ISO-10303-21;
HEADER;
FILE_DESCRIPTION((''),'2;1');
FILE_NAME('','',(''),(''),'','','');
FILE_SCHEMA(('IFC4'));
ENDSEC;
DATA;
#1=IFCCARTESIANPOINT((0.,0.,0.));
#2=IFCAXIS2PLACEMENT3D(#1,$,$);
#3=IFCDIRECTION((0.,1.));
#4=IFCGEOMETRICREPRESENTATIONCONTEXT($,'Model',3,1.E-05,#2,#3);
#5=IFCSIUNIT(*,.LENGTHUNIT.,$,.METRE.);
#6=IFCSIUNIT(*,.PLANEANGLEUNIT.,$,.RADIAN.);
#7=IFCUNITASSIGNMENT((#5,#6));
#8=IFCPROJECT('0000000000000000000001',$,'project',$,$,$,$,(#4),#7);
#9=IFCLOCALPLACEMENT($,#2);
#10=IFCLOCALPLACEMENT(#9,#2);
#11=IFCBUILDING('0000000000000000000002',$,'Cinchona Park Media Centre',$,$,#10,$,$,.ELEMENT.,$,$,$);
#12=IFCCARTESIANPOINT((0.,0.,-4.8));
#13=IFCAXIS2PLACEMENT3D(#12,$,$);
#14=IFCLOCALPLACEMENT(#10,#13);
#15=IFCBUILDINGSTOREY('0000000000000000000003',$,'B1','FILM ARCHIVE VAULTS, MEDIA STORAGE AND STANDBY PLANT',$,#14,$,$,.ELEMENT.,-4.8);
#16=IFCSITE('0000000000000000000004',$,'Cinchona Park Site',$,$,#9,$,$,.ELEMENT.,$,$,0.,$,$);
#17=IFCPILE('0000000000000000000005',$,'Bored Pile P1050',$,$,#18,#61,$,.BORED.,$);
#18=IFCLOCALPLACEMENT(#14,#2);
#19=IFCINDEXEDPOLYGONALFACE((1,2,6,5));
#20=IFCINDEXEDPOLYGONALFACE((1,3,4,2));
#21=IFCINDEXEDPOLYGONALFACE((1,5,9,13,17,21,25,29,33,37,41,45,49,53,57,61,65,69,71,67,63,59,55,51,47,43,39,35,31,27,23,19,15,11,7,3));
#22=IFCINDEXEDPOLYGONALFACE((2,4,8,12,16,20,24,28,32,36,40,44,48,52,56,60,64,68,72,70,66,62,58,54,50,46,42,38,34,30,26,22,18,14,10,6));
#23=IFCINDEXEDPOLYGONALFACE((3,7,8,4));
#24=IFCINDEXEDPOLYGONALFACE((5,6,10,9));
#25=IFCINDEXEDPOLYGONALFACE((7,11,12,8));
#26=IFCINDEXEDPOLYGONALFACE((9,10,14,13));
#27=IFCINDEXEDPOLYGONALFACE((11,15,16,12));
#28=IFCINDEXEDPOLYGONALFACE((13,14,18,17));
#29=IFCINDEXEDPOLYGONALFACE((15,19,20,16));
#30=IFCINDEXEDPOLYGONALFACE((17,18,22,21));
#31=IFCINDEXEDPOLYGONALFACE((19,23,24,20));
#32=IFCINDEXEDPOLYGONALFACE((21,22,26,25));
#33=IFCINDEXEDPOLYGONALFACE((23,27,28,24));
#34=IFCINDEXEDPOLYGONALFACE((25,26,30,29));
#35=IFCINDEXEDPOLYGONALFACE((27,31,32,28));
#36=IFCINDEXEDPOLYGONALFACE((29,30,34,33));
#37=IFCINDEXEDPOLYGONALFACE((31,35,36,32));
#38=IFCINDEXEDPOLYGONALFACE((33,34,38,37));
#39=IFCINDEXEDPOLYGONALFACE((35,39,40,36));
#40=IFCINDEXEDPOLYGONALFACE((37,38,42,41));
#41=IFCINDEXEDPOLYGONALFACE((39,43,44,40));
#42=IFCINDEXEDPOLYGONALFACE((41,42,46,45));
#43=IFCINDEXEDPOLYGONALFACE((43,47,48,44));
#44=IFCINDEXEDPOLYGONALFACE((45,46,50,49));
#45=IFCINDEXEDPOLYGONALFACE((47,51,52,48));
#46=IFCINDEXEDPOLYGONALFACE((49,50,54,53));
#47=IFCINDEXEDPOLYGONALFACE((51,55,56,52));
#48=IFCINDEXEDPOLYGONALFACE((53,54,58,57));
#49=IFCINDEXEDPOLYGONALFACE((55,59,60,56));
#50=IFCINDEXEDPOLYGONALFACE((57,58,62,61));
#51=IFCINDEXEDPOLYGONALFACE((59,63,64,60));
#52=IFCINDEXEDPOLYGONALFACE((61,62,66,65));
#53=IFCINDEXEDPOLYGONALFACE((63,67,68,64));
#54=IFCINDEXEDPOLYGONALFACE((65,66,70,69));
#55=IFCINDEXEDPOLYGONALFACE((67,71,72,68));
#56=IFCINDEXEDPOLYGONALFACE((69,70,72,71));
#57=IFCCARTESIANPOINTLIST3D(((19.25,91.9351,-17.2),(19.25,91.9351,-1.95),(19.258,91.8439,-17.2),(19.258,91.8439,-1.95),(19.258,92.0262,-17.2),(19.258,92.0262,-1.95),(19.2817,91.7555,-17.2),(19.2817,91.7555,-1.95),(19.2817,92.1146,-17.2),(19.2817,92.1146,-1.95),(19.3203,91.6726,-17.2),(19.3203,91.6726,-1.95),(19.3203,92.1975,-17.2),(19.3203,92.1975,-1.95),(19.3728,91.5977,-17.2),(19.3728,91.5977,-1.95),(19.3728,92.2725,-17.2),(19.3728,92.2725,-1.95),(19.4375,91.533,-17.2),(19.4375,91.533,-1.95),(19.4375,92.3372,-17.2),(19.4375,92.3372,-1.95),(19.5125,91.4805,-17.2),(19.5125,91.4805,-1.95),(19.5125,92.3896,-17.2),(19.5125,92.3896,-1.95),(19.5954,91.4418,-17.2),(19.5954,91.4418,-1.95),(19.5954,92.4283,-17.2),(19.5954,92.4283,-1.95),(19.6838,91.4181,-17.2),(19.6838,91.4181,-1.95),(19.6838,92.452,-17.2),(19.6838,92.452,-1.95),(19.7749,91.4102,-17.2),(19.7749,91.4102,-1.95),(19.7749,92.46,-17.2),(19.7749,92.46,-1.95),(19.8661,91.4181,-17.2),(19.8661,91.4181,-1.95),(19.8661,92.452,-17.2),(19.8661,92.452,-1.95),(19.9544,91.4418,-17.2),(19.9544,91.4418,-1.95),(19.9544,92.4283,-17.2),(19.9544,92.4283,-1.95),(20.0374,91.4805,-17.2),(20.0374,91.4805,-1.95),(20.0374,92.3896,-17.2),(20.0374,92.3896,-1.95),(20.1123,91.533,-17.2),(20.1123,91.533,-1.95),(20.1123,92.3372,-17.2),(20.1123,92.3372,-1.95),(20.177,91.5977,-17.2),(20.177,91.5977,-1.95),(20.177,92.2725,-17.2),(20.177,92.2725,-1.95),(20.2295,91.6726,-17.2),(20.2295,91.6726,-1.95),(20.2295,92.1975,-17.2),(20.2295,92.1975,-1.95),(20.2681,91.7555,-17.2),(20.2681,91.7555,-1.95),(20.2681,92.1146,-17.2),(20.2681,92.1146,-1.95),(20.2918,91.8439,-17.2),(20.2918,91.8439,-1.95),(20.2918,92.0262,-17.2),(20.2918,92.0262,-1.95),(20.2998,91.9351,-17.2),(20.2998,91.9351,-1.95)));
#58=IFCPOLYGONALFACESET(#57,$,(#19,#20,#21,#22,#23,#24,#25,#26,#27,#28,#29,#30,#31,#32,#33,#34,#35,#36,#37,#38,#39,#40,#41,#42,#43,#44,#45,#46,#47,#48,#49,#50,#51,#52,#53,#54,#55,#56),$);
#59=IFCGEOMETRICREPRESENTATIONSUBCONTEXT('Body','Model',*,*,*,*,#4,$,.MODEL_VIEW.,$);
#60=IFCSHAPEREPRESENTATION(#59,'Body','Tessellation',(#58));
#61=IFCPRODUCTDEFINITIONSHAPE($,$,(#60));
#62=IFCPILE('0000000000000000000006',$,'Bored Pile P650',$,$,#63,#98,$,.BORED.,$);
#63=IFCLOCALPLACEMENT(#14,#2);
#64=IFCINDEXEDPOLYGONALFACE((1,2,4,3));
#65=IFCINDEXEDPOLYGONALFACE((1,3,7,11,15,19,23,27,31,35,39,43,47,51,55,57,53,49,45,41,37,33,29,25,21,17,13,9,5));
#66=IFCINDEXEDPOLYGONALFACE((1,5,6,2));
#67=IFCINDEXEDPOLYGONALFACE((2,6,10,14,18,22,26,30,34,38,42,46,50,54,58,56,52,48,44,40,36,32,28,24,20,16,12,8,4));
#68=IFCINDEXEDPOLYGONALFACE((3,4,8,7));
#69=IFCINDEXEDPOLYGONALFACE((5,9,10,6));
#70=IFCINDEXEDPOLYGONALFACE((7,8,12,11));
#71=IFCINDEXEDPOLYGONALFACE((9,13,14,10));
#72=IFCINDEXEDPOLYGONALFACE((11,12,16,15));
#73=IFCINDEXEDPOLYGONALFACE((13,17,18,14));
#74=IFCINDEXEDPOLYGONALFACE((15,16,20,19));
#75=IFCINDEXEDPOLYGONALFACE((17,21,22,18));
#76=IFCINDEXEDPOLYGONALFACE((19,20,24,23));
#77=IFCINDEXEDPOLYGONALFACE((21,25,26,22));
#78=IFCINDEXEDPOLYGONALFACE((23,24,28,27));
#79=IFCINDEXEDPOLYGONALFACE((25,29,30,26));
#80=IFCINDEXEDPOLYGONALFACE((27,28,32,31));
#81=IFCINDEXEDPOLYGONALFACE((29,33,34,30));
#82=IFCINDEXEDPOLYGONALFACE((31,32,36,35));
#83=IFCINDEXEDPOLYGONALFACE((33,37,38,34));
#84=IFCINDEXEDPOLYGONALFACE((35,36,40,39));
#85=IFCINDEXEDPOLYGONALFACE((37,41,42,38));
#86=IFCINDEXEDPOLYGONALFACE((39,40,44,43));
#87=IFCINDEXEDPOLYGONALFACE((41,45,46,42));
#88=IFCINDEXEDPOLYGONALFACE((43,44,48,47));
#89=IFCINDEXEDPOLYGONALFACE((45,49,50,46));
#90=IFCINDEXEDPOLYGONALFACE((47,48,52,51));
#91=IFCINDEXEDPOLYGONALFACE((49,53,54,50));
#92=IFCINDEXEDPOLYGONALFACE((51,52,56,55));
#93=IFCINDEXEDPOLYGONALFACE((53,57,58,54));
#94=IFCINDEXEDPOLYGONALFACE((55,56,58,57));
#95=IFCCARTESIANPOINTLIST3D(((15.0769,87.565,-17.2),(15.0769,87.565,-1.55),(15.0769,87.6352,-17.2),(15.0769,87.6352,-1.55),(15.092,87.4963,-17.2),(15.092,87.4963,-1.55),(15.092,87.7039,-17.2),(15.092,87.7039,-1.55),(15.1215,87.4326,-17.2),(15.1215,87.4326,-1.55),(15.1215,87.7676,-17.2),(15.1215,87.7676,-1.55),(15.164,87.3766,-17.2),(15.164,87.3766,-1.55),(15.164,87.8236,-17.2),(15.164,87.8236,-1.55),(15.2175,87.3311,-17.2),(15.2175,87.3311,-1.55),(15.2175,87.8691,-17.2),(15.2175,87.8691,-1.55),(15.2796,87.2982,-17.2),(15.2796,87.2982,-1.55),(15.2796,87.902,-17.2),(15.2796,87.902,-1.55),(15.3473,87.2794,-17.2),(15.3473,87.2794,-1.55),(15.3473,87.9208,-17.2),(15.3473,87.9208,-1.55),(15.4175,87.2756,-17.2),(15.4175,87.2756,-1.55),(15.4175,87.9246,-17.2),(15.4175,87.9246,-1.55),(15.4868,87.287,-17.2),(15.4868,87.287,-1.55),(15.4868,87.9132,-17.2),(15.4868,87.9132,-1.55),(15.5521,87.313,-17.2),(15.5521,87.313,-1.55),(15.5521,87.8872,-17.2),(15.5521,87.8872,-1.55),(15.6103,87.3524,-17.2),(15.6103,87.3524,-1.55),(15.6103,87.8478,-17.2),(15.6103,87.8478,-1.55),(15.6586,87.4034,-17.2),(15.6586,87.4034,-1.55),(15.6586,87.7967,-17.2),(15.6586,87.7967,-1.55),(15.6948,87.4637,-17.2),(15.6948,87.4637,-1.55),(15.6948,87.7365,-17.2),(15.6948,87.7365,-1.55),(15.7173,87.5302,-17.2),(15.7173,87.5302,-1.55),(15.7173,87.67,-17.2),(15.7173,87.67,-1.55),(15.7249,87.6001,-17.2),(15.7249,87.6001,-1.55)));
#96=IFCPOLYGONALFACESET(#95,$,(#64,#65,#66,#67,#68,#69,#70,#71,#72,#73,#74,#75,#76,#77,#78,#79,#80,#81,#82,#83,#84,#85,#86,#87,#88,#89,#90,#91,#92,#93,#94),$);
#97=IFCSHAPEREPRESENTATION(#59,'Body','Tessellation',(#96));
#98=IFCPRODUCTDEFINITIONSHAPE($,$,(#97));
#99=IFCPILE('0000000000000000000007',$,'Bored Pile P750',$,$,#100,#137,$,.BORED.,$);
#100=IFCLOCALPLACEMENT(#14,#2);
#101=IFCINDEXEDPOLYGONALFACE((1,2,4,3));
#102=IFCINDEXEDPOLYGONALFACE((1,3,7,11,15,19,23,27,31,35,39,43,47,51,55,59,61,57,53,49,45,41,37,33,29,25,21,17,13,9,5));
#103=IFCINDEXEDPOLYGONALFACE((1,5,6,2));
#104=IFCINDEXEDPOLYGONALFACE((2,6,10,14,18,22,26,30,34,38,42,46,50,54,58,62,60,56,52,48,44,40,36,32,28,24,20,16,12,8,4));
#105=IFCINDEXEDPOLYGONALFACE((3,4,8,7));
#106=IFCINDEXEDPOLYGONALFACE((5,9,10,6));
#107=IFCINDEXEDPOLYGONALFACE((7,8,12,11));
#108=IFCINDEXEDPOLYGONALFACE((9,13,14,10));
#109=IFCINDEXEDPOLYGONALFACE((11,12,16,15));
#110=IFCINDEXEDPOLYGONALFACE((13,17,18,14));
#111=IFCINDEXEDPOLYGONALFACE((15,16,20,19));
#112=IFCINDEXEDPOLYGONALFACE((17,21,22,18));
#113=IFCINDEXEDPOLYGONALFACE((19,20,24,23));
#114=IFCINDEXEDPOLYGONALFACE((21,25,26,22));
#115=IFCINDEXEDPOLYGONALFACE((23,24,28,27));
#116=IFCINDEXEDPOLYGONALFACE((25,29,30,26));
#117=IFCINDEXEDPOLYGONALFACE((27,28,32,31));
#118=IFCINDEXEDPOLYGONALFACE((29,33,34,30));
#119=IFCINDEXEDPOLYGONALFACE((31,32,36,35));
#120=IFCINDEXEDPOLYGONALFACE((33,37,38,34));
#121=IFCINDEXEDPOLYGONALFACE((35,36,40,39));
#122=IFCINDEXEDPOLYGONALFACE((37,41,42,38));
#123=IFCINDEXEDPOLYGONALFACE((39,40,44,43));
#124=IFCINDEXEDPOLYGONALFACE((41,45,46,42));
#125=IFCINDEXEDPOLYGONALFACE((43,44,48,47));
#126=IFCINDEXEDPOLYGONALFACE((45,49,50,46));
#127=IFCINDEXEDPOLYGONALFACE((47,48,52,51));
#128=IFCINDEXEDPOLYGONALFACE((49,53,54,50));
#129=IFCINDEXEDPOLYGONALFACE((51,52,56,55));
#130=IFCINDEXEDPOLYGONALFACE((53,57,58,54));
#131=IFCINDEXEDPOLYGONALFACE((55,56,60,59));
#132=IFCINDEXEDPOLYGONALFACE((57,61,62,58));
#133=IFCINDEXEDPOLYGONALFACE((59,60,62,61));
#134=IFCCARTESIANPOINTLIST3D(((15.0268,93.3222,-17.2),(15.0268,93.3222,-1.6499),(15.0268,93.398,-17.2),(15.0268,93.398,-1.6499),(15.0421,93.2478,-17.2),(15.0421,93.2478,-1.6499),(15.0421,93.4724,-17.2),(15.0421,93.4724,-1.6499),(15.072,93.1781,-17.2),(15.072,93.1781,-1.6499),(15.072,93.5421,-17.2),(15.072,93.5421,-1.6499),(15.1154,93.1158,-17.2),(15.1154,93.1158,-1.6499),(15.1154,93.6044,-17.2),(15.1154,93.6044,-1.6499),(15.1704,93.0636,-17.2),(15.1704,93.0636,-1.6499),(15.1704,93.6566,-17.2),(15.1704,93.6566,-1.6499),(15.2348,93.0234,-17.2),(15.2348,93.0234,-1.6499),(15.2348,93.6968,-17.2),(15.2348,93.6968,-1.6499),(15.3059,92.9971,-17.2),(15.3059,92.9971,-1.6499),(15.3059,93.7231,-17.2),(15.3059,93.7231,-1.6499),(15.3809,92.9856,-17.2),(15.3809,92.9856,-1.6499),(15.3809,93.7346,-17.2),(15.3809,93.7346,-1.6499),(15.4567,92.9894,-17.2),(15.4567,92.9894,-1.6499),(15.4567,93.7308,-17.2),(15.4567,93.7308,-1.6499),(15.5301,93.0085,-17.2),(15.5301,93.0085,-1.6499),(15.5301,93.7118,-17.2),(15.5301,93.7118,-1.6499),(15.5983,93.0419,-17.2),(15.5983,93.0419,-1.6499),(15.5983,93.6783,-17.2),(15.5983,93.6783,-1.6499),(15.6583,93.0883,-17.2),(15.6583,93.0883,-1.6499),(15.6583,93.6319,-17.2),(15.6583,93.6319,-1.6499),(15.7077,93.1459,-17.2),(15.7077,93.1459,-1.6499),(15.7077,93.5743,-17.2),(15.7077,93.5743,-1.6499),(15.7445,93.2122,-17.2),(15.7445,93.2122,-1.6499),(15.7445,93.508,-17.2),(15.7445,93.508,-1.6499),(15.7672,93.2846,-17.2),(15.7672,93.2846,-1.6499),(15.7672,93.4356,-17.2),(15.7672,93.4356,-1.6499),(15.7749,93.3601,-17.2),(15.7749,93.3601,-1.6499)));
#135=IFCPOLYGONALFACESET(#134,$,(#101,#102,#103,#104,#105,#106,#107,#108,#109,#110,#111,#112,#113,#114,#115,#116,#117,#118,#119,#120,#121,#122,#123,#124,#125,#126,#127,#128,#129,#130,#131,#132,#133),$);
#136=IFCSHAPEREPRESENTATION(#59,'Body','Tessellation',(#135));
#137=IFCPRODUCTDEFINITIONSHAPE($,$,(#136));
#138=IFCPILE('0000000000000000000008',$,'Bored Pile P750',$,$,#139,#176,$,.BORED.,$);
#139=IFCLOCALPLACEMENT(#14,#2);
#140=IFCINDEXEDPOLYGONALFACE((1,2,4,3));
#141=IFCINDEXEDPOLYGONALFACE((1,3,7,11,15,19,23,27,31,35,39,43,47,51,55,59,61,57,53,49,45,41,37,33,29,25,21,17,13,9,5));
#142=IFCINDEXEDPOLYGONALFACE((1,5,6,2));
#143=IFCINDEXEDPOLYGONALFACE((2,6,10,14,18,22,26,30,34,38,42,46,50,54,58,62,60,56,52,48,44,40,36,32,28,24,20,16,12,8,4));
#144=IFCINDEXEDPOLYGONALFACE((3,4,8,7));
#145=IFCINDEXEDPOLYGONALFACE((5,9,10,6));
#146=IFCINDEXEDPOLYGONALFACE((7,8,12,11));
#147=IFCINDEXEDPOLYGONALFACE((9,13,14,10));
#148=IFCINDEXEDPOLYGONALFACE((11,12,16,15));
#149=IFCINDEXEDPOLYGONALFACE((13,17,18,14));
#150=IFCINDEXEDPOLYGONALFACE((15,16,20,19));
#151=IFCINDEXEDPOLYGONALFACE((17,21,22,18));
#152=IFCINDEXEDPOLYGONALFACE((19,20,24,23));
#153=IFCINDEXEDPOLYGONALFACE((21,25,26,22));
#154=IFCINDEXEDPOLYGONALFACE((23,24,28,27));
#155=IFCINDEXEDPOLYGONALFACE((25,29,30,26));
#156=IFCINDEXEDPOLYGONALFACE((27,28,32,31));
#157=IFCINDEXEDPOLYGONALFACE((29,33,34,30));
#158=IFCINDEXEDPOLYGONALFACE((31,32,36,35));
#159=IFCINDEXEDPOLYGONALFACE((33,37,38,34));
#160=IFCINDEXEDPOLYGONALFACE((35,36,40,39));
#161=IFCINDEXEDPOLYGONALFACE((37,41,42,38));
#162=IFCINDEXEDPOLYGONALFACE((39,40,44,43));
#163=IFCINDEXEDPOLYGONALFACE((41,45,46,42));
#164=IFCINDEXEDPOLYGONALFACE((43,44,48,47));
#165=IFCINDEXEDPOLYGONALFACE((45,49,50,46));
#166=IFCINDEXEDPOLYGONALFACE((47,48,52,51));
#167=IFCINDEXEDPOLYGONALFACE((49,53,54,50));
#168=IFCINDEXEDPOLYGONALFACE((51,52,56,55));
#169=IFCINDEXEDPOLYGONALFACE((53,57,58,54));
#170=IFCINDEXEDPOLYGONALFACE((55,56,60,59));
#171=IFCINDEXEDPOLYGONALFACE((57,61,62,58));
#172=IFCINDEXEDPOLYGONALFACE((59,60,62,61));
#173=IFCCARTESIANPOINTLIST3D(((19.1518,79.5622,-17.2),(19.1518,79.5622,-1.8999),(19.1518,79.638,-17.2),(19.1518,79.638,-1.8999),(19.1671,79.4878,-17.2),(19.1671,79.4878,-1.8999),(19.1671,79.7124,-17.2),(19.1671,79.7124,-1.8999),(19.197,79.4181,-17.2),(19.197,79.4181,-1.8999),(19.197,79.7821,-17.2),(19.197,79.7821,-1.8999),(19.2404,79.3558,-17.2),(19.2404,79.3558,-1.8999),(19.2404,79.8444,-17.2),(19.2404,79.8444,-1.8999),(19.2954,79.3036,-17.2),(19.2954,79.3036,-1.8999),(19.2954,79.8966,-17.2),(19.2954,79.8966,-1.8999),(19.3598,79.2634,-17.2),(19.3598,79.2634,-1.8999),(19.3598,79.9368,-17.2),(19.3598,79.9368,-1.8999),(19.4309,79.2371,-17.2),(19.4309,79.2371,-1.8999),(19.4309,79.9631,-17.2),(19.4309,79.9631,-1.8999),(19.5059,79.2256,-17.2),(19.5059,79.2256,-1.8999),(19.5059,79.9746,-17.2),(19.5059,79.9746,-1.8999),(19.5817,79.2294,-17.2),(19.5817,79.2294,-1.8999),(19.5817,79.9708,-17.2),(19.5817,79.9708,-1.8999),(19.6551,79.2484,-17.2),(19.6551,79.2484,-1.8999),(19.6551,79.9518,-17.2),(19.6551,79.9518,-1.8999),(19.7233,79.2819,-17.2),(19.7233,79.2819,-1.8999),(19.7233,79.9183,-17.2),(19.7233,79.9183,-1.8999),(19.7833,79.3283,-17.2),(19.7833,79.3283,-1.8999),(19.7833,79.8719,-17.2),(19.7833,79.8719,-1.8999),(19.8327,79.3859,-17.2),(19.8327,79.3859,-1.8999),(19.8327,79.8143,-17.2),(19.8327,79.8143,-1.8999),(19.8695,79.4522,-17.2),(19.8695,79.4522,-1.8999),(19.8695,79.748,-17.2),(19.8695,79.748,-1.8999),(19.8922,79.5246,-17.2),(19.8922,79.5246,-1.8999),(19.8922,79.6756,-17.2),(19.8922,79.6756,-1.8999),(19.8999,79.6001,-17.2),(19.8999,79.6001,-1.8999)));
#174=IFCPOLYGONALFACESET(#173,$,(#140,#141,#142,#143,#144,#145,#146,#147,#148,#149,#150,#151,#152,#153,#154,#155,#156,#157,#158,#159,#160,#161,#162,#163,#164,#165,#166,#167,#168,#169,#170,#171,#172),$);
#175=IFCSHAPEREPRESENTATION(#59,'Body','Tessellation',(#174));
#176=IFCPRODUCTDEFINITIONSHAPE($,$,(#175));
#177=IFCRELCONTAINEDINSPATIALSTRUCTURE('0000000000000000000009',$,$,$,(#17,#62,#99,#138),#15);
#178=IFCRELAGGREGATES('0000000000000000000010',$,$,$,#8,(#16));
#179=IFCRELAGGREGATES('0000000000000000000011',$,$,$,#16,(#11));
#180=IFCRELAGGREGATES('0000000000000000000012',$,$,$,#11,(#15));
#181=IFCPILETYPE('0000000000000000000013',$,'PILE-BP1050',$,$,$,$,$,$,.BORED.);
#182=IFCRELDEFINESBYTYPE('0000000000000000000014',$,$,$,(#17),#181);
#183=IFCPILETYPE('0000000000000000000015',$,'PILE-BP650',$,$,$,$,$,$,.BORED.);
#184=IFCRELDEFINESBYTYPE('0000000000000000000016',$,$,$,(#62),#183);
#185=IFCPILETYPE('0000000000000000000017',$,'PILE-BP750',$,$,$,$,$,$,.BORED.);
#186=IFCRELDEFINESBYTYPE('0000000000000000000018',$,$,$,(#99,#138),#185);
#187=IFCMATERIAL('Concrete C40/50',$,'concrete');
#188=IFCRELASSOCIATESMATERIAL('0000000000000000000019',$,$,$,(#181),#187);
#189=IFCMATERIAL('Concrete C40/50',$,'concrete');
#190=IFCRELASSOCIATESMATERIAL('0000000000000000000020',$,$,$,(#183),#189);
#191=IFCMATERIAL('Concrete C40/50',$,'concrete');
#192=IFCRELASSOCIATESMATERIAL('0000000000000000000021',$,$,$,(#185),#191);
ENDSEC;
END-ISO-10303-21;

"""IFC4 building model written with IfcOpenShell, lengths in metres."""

from ifc_helpers import new_model, si_unit, direction, frame, origin, origin_2d, place, context, subcontext, project, spatial, circle, extrude, material, material_profile, profile_set, type_object, element, save


model = new_model("IFC4")

# Units and contexts
model_context = context("Model", 3, precision=1e-05, world=origin(), true_north=direction((0.0, 1.0)))
body_context = subcontext(model_context, "Body", "Model", "MODEL_VIEW")
ifc_project = project(units=[si_unit("LENGTHUNIT", "METRE"), si_unit("PLANEANGLEUNIT", "RADIAN")], contexts=[model_context])

# Site, building, storey
site_placement = place(None, origin())
site = spatial("IfcSite", under=ifc_project, at=site_placement, Name="Cinchona Park Site", CompositionType="ELEMENT", RefElevation=0.0)
building_placement = place(site_placement, origin())
building = spatial("IfcBuilding", under=site, at=building_placement, Name="Cinchona Park Media Centre", CompositionType="ELEMENT")
storey_placement = place(building_placement, frame((0.0, 0.0, -4.8)))
storey = spatial("IfcBuildingStorey", under=building, at=storey_placement, Name="B1", Description="FILM ARCHIVE VAULTS, MEDIA STORAGE AND STANDBY PLANT", CompositionType="ELEMENT", Elevation=-4.8)

# Piles
ifc_material_1 = material(Name="Concrete C40/50", Category="concrete")
ifc_material_profile_1 = material_profile(ifc_material_1, circle(Radius=0.5249, at=origin_2d()), Name="BORED PILE 1050")
ifc_profile_set_1 = profile_set([ifc_material_profile_1], Name="Concrete C40/50")
pile_type_1 = type_object("IfcPileType", Name="PILE-BP1050", PredefinedType="BORED", material=ifc_profile_set_1)
pile_1_placement = place(storey_placement, frame((19.7749, 91.9351, -1.95), z_axis=(0.0, 0.0, -1.0), x_axis=(1.0, 0.0, 0.0)))
element("IfcPile", 1, at=pile_1_placement, inside=storey, type_object=pile_type_1, Name="Bored Pile P1050", PredefinedType="BORED", context=body_context, shape_type="SweptSolid", body=[
    extrude(circle(Radius=0.5249, at=origin_2d()), origin(), (0.0, 0.0, 1.0), 15.25),
])
ifc_material_2 = material(Name="Concrete C40/50", Category="concrete")
ifc_material_profile_2 = material_profile(ifc_material_2, circle(Radius=0.325, at=origin_2d()), Name="BORED PILE 650")
ifc_profile_set_2 = profile_set([ifc_material_profile_2], Name="Concrete C40/50")
pile_type_2 = type_object("IfcPileType", Name="PILE-BP650", PredefinedType="BORED", material=ifc_profile_set_2)
pile_2_placement = place(storey_placement, frame((15.3999, 87.6001, -1.55), z_axis=(0.0, 0.0, -1.0), x_axis=(1.0, 0.0, 0.0)))
element("IfcPile", 2, at=pile_2_placement, inside=storey, type_object=pile_type_2, Name="Bored Pile P650", PredefinedType="BORED", context=body_context, shape_type="SweptSolid", body=[
    extrude(circle(Radius=0.325, at=origin_2d()), origin(), (0.0, 0.0, 1.0), 15.6499),
])
ifc_material_3 = material(Name="Concrete C40/50", Category="concrete")
ifc_material_profile_3 = material_profile(ifc_material_3, circle(Radius=0.375, at=origin_2d()), Name="BORED PILE 750")
ifc_profile_set_3 = profile_set([ifc_material_profile_3], Name="Concrete C40/50")
pile_type_3 = type_object("IfcPileType", Name="PILE-BP750", PredefinedType="BORED", material=ifc_profile_set_3)
pile_3_placement = place(storey_placement, frame((15.3999, 93.3601, -1.6499), z_axis=(0.0, 0.0, -1.0), x_axis=(1.0, 0.0, 0.0)))
element("IfcPile", 3, at=pile_3_placement, inside=storey, type_object=pile_type_3, Name="Bored Pile P750", PredefinedType="BORED", context=body_context, shape_type="SweptSolid", body=[
    extrude(circle(Radius=0.375, at=origin_2d()), origin(), (0.0, 0.0, 1.0), 15.55),
])
pile_4_placement = place(storey_placement, frame((19.5249, 79.6001, -1.8999), z_axis=(0.0, 0.0, -1.0), x_axis=(1.0, 0.0, 0.0)))
element("IfcPile", 4, at=pile_4_placement, inside=storey, type_object=pile_type_3, Name="Bored Pile P750", PredefinedType="BORED", context=body_context, shape_type="SweptSolid", body=[
    extrude(circle(Radius=0.375, at=origin_2d()), origin(), (0.0, 0.0, 1.0), 15.3),
])

save(model, "model.ifc")
